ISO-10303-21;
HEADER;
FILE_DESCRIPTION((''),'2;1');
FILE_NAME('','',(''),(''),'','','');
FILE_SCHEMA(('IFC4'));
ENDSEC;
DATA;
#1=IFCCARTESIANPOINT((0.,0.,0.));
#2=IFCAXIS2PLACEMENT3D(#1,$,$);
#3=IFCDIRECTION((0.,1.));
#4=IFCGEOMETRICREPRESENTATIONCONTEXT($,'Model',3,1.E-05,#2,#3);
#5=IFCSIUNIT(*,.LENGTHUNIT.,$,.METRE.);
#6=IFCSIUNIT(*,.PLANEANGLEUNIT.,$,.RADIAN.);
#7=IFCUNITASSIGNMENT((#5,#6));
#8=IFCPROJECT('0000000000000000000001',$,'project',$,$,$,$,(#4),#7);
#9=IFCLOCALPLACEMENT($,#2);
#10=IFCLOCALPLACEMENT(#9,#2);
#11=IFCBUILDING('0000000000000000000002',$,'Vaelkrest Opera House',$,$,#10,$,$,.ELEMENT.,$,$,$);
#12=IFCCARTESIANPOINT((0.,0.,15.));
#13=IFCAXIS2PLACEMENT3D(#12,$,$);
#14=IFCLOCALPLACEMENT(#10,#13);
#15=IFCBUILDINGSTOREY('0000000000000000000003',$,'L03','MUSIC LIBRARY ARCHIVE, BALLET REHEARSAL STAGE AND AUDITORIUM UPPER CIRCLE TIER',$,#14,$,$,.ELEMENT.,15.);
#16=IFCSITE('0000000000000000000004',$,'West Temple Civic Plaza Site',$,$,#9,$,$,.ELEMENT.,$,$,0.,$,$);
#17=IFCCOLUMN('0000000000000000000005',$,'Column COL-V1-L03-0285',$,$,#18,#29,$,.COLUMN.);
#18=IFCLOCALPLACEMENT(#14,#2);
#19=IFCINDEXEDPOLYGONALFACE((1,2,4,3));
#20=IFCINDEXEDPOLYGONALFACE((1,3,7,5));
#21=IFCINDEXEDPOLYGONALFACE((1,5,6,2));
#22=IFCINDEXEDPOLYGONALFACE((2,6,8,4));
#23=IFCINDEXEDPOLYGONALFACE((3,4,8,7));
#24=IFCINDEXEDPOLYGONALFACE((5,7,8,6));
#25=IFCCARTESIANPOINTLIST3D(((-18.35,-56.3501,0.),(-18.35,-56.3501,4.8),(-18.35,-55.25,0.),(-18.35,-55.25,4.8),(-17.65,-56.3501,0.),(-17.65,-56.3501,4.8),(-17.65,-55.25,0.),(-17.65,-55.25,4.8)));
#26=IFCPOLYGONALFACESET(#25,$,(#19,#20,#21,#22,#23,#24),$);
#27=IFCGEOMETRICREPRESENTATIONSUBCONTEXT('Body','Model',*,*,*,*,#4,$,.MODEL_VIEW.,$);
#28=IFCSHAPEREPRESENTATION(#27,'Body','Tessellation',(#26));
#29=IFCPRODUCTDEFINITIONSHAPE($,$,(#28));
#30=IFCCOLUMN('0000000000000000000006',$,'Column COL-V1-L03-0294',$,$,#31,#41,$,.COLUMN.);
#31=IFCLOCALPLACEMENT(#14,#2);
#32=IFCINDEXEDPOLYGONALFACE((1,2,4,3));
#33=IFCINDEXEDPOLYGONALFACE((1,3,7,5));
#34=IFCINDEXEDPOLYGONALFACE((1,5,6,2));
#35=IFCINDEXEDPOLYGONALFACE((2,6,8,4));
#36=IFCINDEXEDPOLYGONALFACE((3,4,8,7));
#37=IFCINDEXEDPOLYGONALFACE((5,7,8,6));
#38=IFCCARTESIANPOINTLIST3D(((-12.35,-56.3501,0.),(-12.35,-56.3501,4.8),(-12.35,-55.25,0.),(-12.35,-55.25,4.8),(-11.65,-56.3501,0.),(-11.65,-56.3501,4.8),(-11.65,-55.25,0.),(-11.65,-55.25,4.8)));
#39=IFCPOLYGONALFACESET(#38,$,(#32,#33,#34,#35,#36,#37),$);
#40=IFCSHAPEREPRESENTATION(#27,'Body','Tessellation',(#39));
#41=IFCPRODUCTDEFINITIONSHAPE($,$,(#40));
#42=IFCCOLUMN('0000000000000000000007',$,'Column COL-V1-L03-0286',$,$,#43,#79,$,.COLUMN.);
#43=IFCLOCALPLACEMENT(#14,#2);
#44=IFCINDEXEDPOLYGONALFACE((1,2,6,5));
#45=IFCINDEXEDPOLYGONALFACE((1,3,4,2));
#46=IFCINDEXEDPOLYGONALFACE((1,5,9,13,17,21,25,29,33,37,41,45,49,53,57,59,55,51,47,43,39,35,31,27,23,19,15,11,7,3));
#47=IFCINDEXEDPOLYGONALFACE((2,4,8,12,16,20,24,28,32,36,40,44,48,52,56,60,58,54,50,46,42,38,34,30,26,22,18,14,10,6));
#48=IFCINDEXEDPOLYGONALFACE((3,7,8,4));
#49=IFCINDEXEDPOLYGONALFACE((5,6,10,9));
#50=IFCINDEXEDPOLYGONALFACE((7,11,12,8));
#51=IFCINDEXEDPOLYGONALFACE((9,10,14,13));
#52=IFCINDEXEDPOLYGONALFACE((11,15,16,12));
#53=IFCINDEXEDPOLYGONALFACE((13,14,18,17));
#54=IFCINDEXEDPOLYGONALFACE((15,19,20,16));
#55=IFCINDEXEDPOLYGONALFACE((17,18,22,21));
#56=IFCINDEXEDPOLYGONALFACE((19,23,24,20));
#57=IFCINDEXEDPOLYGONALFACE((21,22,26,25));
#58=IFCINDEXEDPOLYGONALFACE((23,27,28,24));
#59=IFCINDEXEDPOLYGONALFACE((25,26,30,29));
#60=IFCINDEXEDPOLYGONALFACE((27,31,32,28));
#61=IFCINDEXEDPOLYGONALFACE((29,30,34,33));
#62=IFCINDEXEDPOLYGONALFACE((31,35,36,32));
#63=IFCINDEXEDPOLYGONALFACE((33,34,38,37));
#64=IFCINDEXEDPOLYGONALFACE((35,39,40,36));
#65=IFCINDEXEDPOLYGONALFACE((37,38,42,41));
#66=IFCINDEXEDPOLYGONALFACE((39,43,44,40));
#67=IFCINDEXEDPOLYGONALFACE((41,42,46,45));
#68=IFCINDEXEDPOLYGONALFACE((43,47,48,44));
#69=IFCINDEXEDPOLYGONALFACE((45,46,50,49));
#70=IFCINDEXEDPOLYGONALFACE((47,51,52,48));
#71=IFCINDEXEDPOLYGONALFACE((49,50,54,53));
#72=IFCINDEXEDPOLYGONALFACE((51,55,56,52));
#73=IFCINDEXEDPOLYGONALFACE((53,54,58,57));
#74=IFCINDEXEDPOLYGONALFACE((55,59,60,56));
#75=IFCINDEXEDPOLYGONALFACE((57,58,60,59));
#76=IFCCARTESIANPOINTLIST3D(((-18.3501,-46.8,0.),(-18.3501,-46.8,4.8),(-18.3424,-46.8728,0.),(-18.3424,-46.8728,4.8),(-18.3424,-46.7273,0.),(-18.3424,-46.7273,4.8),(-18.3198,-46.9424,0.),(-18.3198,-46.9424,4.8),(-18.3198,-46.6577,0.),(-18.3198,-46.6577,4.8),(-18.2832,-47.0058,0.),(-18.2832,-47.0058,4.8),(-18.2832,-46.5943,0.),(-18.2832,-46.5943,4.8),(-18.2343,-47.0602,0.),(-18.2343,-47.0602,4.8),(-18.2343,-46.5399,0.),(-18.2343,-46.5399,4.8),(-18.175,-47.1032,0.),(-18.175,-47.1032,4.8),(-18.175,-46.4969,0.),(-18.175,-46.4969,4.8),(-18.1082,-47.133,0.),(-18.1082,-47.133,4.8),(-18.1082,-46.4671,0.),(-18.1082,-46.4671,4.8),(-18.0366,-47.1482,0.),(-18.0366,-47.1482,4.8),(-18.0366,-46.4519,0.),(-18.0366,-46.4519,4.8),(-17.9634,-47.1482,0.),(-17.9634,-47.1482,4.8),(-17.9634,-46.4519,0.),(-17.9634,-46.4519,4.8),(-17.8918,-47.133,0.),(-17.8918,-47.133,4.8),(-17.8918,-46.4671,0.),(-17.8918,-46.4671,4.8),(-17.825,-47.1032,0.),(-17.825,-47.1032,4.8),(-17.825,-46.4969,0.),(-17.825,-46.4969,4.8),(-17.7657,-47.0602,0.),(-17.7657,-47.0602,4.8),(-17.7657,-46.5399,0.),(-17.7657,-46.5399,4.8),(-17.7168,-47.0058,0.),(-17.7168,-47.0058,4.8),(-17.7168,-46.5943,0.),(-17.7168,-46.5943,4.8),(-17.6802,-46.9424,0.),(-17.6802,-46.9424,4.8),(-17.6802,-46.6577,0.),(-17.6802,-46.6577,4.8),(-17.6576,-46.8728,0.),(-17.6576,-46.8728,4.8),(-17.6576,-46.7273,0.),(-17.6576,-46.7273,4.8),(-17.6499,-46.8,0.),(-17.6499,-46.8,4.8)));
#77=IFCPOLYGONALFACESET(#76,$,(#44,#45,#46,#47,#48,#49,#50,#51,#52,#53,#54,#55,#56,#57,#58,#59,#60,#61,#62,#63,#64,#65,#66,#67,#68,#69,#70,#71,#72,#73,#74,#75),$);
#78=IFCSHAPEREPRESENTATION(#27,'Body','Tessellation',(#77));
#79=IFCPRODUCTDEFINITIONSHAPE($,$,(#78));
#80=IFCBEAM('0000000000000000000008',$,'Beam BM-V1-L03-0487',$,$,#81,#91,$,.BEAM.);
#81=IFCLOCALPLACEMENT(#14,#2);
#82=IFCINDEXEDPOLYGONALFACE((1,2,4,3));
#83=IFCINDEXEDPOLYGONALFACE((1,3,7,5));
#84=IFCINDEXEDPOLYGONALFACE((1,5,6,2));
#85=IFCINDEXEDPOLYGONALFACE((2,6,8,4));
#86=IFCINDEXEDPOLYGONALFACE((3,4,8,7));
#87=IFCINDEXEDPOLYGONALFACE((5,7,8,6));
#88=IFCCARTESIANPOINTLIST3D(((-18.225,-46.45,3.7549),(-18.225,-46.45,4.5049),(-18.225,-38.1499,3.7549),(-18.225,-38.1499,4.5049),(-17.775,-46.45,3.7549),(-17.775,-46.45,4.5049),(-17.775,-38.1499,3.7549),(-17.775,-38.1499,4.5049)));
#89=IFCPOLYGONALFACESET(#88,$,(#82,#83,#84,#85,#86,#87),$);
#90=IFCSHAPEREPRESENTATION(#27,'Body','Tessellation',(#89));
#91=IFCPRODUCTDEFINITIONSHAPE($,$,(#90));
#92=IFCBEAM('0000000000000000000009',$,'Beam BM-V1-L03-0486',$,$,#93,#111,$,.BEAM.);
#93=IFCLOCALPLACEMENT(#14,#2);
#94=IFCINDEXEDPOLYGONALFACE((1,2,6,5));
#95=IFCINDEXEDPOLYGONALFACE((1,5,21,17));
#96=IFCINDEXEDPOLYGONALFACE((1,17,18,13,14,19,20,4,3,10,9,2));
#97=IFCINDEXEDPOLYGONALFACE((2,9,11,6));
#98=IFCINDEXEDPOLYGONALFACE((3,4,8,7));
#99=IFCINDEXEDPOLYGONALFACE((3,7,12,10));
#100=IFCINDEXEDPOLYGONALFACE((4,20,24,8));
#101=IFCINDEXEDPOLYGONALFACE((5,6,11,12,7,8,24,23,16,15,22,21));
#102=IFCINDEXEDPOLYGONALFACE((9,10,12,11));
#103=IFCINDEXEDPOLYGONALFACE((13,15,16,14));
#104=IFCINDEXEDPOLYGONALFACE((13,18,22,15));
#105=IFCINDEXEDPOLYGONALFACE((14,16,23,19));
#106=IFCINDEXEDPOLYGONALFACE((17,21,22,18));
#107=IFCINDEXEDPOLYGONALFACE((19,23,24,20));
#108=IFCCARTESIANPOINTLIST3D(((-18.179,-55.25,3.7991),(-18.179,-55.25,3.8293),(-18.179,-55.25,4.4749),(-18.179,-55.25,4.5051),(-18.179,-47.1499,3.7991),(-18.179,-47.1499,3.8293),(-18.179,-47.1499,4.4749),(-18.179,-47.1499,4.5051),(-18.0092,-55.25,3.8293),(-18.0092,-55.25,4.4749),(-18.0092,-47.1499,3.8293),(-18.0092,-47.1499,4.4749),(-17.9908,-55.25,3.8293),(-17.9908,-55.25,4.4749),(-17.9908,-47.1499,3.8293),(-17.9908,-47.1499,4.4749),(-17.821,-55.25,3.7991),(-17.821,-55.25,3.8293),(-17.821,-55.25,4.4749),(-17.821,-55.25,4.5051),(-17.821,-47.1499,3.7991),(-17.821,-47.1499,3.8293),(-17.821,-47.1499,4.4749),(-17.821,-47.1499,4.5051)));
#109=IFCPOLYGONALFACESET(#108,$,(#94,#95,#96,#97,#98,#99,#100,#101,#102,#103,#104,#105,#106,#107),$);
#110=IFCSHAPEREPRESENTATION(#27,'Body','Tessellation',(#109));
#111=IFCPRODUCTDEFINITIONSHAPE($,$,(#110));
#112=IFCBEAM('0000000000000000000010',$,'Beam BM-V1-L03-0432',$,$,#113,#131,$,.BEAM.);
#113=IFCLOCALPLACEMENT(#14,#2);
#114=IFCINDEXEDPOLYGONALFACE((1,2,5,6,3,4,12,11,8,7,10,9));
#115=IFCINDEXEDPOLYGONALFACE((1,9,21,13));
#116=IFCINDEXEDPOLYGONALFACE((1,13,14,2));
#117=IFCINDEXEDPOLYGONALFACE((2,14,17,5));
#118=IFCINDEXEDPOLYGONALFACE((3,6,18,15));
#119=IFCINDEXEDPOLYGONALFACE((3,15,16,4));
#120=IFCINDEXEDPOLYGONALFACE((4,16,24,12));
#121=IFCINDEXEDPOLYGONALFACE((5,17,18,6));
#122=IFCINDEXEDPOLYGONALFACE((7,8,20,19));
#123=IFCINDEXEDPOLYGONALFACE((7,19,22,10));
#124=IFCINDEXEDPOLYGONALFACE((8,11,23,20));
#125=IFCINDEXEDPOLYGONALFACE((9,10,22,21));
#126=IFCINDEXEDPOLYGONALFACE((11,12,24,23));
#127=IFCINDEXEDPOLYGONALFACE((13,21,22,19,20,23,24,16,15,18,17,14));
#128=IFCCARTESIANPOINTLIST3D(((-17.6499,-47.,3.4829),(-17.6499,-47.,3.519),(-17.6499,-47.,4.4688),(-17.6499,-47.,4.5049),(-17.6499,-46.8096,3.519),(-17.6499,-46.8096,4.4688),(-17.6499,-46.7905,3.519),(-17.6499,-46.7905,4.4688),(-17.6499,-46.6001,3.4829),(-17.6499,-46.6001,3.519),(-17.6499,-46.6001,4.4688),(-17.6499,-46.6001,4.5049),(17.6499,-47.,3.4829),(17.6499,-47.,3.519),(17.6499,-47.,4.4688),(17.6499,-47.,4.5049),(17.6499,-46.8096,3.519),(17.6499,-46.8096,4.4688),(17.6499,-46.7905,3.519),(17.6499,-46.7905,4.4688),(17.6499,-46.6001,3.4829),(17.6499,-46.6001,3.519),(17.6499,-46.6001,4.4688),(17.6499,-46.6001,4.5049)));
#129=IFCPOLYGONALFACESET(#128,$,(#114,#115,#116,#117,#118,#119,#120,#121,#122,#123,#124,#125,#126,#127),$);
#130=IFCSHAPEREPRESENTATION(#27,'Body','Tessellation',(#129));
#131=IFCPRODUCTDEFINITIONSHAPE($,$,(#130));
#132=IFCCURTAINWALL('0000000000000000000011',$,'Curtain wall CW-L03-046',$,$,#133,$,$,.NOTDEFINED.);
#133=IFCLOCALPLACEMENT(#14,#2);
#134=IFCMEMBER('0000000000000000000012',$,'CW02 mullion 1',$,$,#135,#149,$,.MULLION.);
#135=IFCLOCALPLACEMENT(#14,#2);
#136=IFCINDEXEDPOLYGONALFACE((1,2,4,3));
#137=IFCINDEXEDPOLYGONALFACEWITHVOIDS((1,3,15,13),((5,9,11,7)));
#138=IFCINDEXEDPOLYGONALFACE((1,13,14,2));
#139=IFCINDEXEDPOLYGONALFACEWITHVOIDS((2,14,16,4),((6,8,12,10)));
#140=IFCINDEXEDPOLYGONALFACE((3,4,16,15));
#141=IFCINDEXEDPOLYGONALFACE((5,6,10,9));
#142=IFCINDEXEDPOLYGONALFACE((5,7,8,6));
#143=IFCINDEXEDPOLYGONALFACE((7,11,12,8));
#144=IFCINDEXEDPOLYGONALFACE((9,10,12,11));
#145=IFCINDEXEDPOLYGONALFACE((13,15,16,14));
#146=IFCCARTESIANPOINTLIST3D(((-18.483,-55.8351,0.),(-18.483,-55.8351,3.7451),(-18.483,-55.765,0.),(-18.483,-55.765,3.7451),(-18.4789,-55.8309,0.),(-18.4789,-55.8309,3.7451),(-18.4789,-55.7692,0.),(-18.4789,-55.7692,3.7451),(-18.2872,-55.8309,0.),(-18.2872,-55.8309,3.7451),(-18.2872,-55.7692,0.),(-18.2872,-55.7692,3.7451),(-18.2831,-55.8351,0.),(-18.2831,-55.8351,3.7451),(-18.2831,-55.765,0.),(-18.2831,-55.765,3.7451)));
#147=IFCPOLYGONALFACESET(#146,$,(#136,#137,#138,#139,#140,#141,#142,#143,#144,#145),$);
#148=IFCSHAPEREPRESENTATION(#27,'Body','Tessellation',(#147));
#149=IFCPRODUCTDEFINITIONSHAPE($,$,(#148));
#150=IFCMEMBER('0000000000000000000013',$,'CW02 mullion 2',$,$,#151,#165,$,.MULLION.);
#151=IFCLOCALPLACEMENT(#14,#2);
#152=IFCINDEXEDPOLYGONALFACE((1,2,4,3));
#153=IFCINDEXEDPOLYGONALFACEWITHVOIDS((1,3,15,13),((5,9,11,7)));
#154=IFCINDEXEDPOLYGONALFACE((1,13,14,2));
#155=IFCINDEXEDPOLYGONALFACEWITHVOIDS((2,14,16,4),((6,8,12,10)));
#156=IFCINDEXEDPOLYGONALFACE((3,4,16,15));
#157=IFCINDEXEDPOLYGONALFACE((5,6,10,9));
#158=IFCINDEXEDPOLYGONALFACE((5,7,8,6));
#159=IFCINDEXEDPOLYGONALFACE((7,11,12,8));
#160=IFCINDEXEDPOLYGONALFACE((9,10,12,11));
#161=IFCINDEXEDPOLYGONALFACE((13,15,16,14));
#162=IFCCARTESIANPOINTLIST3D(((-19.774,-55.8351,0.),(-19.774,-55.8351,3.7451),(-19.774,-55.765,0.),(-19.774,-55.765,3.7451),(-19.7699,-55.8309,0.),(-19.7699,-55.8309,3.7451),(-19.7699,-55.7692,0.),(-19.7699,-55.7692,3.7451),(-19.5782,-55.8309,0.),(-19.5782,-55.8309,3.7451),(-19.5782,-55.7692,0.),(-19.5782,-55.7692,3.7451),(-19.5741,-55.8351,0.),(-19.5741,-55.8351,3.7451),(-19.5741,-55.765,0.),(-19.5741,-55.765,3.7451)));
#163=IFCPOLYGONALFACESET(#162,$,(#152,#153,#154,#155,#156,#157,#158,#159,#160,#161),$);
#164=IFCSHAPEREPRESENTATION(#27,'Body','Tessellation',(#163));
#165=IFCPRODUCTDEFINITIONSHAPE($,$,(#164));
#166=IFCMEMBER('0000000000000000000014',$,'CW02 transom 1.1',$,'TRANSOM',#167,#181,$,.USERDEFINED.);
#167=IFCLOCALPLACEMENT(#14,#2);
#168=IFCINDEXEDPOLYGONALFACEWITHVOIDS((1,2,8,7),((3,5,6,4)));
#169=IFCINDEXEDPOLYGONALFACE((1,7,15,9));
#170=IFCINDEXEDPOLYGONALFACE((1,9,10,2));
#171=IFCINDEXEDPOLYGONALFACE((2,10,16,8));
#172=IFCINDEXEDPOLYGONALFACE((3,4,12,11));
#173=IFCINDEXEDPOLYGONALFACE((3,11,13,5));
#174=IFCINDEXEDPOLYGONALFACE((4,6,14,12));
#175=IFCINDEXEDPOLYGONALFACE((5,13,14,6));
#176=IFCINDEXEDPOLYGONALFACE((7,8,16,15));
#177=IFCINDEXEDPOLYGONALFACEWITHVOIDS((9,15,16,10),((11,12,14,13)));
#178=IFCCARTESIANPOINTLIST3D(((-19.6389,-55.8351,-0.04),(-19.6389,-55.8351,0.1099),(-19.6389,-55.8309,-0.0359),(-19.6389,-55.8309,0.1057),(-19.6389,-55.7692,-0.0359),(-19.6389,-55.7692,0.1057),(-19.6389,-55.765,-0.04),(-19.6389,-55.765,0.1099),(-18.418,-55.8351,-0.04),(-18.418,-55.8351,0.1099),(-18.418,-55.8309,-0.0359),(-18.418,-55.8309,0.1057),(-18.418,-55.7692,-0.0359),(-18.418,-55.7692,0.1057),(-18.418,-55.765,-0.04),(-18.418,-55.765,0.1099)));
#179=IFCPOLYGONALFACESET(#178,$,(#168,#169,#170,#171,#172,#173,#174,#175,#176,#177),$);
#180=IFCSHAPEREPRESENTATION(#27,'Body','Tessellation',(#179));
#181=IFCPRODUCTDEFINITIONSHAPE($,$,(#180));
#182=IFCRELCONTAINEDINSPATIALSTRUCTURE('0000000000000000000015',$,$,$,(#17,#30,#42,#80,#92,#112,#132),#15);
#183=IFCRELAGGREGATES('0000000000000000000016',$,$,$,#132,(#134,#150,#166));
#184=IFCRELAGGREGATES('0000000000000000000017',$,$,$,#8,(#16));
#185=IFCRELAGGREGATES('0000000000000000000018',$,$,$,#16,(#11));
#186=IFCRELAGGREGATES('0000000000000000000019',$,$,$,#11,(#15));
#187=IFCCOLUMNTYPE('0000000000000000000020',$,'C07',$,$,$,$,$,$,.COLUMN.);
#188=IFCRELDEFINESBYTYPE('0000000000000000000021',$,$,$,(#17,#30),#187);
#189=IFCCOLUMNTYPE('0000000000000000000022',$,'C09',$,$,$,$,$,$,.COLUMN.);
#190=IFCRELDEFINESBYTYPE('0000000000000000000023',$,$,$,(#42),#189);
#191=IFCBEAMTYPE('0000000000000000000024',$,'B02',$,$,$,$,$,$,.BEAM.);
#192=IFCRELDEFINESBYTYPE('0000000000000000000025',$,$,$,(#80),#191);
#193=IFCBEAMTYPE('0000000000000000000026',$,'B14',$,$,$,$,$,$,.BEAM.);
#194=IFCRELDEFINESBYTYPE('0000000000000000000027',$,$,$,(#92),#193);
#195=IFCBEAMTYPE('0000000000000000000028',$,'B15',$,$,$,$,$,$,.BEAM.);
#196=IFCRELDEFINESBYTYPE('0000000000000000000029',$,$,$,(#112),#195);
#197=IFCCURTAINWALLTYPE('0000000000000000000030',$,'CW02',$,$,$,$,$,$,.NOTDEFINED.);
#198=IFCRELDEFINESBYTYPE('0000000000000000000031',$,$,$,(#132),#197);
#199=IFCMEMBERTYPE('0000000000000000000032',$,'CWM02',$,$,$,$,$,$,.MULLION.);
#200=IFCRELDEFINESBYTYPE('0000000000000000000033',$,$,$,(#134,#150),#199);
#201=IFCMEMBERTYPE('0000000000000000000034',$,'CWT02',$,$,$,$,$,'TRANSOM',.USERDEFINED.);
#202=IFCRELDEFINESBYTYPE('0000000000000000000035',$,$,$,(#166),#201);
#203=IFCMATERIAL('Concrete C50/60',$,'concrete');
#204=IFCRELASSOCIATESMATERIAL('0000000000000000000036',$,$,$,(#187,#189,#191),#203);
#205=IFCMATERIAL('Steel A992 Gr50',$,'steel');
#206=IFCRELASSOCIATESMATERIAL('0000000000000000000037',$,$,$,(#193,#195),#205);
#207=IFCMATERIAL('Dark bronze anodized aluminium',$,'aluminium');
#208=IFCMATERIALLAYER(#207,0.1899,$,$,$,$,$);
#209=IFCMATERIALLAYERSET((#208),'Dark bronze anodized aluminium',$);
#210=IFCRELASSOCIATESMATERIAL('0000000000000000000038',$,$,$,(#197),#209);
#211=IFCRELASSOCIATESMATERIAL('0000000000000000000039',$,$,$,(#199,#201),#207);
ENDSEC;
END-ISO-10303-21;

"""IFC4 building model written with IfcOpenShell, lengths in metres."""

from ifc_helpers import new_model, si_unit, direction, frame, origin, origin_2d, place, context, subcontext, project, spatial, rectangle, hollow_rectangle, circle, i_section, extrude, material, layer, layer_set, material_profile, profile_set, type_object, element, aggregate, save


model = new_model("IFC4")

# Units and contexts
model_context = context("Model", 3, precision=1e-05, world=origin(), true_north=direction((0.0, 1.0)))
body_context = subcontext(model_context, "Body", "Model", "MODEL_VIEW")
ifc_project = project(units=[si_unit("LENGTHUNIT", "METRE"), si_unit("PLANEANGLEUNIT", "RADIAN")], contexts=[model_context])

# Site, building, storey
site_placement = place(None, origin())
site = spatial("IfcSite", under=ifc_project, at=site_placement, Name="West Temple Civic Plaza Site", CompositionType="ELEMENT", RefElevation=0.0)
building_placement = place(site_placement, origin())
building = spatial("IfcBuilding", under=site, at=building_placement, Name="Vaelkrest Opera House", CompositionType="ELEMENT")
storey_placement = place(building_placement, frame((0.0, 0.0, 15.0)))
storey = spatial("IfcBuildingStorey", under=building, at=storey_placement, Name="L03", Description="MUSIC LIBRARY ARCHIVE, BALLET REHEARSAL STAGE AND AUDITORIUM UPPER CIRCLE TIER", CompositionType="ELEMENT", Elevation=15.0)

# Columns
ifc_material_1 = material(Name="Concrete C50/60", Category="concrete")
ifc_material_profile_1 = material_profile(ifc_material_1, rectangle(XDim=0.7, YDim=1.1001, at=origin_2d()), Name="RC700X1100")
ifc_profile_set_1 = profile_set([ifc_material_profile_1], Name="Concrete C50/60")
column_type_1 = type_object("IfcColumnType", Name="C07", PredefinedType="COLUMN", material=ifc_profile_set_1)
for number, where, z_axis, x_axis, name in (
    (1, (-18.0, -55.8, 0.0), (0.0, 0.0, 1.0), (1.0, 0.0, 0.0), "Column COL-V1-L03-0285"),
    (2, (-12.0, -55.8, 0.0), (0.0, 0.0, 1.0), (1.0, 0.0, 0.0), "Column COL-V1-L03-0294"),
):
    element("IfcColumn", number, at=place(storey_placement, frame(where, z_axis=z_axis, x_axis=x_axis)), inside=storey, type_object=column_type_1, Name=name, PredefinedType="COLUMN", context=body_context, shape_type="SweptSolid", body=[
        extrude(rectangle(XDim=0.7, YDim=1.1001, at=origin_2d()), origin(), (0.0, 0.0, 1.0), 4.8),
    ])
ifc_material_profile_2 = material_profile(ifc_material_1, circle(Radius=0.3501, at=origin_2d()), Name="RCD700")
ifc_profile_set_2 = profile_set([ifc_material_profile_2], Name="Concrete C50/60")
column_type_2 = type_object("IfcColumnType", Name="C09", PredefinedType="COLUMN", material=ifc_profile_set_2)
column_placement = place(storey_placement, frame((-18.0, -46.8, 0.0), z_axis=(0.0, 0.0, 1.0), x_axis=(1.0, 0.0, 0.0)))
element("IfcColumn", 3, at=column_placement, inside=storey, type_object=column_type_2, Name="Column COL-V1-L03-0286", PredefinedType="COLUMN", context=body_context, shape_type="SweptSolid", body=[
    extrude(circle(Radius=0.3501, at=origin_2d()), origin(), (0.0, 0.0, 1.0), 4.8),
])

# Beams
ifc_material_profile_3 = material_profile(ifc_material_1, rectangle(XDim=0.45, YDim=0.75, at=origin_2d()), Name="RCB450X750")
ifc_profile_set_3 = profile_set([ifc_material_profile_3], Name="Concrete C50/60")
beam_type_1 = type_object("IfcBeamType", Name="B02", PredefinedType="BEAM", material=ifc_profile_set_3)
beam_1_placement = place(storey_placement, frame((-18.0, -46.45, 4.1299), z_axis=(0.0, 1.0, 0.0), x_axis=(-1.0, 0.0, 0.0)))
element("IfcBeam", 4, at=beam_1_placement, inside=storey, type_object=beam_type_1, Name="Beam BM-V1-L03-0487", PredefinedType="BEAM", context=body_context, shape_type="SweptSolid", body=[
    extrude(rectangle(XDim=0.45, YDim=0.75, at=origin_2d()), origin(), (0.0, 0.0, 1.0), 8.3),
])
ifc_material_2 = material(Name="Steel A992 Gr50", Category="steel")
ifc_material_profile_4 = material_profile(ifc_material_2, i_section(OverallWidth=0.3579, OverallDepth=0.7061, WebThickness=0.0183, FlangeThickness=0.0303, at=origin_2d()), Name="W27X178")
ifc_profile_set_4 = profile_set([ifc_material_profile_4], Name="Steel A992 Gr50")
beam_type_2 = type_object("IfcBeamType", Name="B14", PredefinedType="BEAM", material=ifc_profile_set_4)
beam_2_placement = place(storey_placement, frame((-18.0, -55.25, 4.1521), z_axis=(0.0, 1.0, 0.0), x_axis=(-1.0, 0.0, 0.0)))
element("IfcBeam", 5, at=beam_2_placement, inside=storey, type_object=beam_type_2, Name="Beam BM-V1-L03-0486", PredefinedType="BEAM", context=body_context, shape_type="SweptSolid", body=[
    extrude(i_section(OverallWidth=0.3579, OverallDepth=0.7061, WebThickness=0.0183, FlangeThickness=0.0303, at=origin_2d()), origin(), (0.0, 0.0, 1.0), 8.1001),
])
ifc_material_profile_5 = material_profile(ifc_material_2, i_section(OverallWidth=0.3999, OverallDepth=1.022, WebThickness=0.019, FlangeThickness=0.0361, at=origin_2d()), Name="W40X249")
ifc_profile_set_5 = profile_set([ifc_material_profile_5], Name="Steel A992 Gr50")
beam_type_3 = type_object("IfcBeamType", Name="B15", PredefinedType="BEAM", material=ifc_profile_set_5)
beam_3_placement = place(storey_placement, frame((-17.6499, -46.8, 3.9939), z_axis=(1.0, 0.0, 0.0), x_axis=(0.0, 1.0, 0.0)))
element("IfcBeam", 6, at=beam_3_placement, inside=storey, type_object=beam_type_3, Name="Beam BM-V1-L03-0432", PredefinedType="BEAM", context=body_context, shape_type="SweptSolid", body=[
    extrude(i_section(OverallWidth=0.3999, OverallDepth=1.022, WebThickness=0.019, FlangeThickness=0.0361, at=origin_2d()), origin(), (0.0, 0.0, 1.0), 35.2998),
])

# Curtain wall, members
ifc_material_3 = material(Name="Dark bronze anodized aluminium", Category="aluminium")
ifc_layer_1 = layer(ifc_material_3, 0.1899)
ifc_layer_set_1 = layer_set([ifc_layer_1], Name="Dark bronze anodized aluminium")
curtain_wall_type = type_object("IfcCurtainWallType", Name="CW02", PredefinedType="NOTDEFINED", material=ifc_layer_set_1)
curtain_wall_placement = place(storey_placement, origin())
curtain_wall = element("IfcCurtainWall", 7, at=curtain_wall_placement, inside=storey, type_object=curtain_wall_type, Name="Curtain wall CW-L03-046", PredefinedType="NOTDEFINED")
ifc_material_profile_6 = material_profile(ifc_material_3, hollow_rectangle(XDim=0.0701, YDim=0.2, WallThickness=0.0042, at=origin_2d()), Name="CWM70X200")
ifc_profile_set_6 = profile_set([ifc_material_profile_6], Name="Dark bronze anodized aluminium")
member_type_1 = type_object("IfcMemberType", Name="CWM02", PredefinedType="MULLION", material=ifc_profile_set_6)
member_1_placement = place(storey_placement, frame((-18.3831, -55.8, 0.0), z_axis=(0.0, 0.0, 1.0), x_axis=(0.0, -1.0, 0.0)))
member_1 = element("IfcMember", 8, at=member_1_placement, type_object=member_type_1, Name="CW02 mullion 1", PredefinedType="MULLION", context=body_context, shape_type="SweptSolid", body=[
    extrude(hollow_rectangle(XDim=0.0701, YDim=0.2, WallThickness=0.0042, at=origin_2d()), origin(), (0.0, 0.0, 1.0), 3.7451),
])
member_2_placement = place(storey_placement, frame((-19.6741, -55.8, 0.0), z_axis=(0.0, 0.0, 1.0), x_axis=(0.0, -1.0, 0.0)))
member_2 = element("IfcMember", 9, at=member_2_placement, type_object=member_type_1, Name="CW02 mullion 2", PredefinedType="MULLION", context=body_context, shape_type="SweptSolid", body=[
    extrude(hollow_rectangle(XDim=0.0701, YDim=0.2, WallThickness=0.0042, at=origin_2d()), origin(), (0.0, 0.0, 1.0), 3.7451),
])
ifc_material_profile_7 = material_profile(ifc_material_3, hollow_rectangle(XDim=0.0701, YDim=0.1499, WallThickness=0.0042, at=origin_2d()), Name="CWT70X150")
ifc_profile_set_7 = profile_set([ifc_material_profile_7], Name="Dark bronze anodized aluminium")
member_type_2 = type_object("IfcMemberType", Name="CWT02", ElementType="TRANSOM", PredefinedType="USERDEFINED", material=ifc_profile_set_7)
member_3_placement = place(storey_placement, frame((-18.418, -55.8, 0.0349), z_axis=(-1.0, 0.0, 0.0), x_axis=(0.0, -1.0, 0.0)))
member_3 = element("IfcMember", 10, at=member_3_placement, type_object=member_type_2, Name="CW02 transom 1.1", ObjectType="TRANSOM", PredefinedType="USERDEFINED", context=body_context, shape_type="SweptSolid", body=[
    extrude(hollow_rectangle(XDim=0.0701, YDim=0.1499, WallThickness=0.0042, at=origin_2d()), origin(), (0.0, 0.0, 1.0), 1.2209),
])

aggregate(curtain_wall, [member_1, member_2, member_3])

save(model, "model.ifc")
